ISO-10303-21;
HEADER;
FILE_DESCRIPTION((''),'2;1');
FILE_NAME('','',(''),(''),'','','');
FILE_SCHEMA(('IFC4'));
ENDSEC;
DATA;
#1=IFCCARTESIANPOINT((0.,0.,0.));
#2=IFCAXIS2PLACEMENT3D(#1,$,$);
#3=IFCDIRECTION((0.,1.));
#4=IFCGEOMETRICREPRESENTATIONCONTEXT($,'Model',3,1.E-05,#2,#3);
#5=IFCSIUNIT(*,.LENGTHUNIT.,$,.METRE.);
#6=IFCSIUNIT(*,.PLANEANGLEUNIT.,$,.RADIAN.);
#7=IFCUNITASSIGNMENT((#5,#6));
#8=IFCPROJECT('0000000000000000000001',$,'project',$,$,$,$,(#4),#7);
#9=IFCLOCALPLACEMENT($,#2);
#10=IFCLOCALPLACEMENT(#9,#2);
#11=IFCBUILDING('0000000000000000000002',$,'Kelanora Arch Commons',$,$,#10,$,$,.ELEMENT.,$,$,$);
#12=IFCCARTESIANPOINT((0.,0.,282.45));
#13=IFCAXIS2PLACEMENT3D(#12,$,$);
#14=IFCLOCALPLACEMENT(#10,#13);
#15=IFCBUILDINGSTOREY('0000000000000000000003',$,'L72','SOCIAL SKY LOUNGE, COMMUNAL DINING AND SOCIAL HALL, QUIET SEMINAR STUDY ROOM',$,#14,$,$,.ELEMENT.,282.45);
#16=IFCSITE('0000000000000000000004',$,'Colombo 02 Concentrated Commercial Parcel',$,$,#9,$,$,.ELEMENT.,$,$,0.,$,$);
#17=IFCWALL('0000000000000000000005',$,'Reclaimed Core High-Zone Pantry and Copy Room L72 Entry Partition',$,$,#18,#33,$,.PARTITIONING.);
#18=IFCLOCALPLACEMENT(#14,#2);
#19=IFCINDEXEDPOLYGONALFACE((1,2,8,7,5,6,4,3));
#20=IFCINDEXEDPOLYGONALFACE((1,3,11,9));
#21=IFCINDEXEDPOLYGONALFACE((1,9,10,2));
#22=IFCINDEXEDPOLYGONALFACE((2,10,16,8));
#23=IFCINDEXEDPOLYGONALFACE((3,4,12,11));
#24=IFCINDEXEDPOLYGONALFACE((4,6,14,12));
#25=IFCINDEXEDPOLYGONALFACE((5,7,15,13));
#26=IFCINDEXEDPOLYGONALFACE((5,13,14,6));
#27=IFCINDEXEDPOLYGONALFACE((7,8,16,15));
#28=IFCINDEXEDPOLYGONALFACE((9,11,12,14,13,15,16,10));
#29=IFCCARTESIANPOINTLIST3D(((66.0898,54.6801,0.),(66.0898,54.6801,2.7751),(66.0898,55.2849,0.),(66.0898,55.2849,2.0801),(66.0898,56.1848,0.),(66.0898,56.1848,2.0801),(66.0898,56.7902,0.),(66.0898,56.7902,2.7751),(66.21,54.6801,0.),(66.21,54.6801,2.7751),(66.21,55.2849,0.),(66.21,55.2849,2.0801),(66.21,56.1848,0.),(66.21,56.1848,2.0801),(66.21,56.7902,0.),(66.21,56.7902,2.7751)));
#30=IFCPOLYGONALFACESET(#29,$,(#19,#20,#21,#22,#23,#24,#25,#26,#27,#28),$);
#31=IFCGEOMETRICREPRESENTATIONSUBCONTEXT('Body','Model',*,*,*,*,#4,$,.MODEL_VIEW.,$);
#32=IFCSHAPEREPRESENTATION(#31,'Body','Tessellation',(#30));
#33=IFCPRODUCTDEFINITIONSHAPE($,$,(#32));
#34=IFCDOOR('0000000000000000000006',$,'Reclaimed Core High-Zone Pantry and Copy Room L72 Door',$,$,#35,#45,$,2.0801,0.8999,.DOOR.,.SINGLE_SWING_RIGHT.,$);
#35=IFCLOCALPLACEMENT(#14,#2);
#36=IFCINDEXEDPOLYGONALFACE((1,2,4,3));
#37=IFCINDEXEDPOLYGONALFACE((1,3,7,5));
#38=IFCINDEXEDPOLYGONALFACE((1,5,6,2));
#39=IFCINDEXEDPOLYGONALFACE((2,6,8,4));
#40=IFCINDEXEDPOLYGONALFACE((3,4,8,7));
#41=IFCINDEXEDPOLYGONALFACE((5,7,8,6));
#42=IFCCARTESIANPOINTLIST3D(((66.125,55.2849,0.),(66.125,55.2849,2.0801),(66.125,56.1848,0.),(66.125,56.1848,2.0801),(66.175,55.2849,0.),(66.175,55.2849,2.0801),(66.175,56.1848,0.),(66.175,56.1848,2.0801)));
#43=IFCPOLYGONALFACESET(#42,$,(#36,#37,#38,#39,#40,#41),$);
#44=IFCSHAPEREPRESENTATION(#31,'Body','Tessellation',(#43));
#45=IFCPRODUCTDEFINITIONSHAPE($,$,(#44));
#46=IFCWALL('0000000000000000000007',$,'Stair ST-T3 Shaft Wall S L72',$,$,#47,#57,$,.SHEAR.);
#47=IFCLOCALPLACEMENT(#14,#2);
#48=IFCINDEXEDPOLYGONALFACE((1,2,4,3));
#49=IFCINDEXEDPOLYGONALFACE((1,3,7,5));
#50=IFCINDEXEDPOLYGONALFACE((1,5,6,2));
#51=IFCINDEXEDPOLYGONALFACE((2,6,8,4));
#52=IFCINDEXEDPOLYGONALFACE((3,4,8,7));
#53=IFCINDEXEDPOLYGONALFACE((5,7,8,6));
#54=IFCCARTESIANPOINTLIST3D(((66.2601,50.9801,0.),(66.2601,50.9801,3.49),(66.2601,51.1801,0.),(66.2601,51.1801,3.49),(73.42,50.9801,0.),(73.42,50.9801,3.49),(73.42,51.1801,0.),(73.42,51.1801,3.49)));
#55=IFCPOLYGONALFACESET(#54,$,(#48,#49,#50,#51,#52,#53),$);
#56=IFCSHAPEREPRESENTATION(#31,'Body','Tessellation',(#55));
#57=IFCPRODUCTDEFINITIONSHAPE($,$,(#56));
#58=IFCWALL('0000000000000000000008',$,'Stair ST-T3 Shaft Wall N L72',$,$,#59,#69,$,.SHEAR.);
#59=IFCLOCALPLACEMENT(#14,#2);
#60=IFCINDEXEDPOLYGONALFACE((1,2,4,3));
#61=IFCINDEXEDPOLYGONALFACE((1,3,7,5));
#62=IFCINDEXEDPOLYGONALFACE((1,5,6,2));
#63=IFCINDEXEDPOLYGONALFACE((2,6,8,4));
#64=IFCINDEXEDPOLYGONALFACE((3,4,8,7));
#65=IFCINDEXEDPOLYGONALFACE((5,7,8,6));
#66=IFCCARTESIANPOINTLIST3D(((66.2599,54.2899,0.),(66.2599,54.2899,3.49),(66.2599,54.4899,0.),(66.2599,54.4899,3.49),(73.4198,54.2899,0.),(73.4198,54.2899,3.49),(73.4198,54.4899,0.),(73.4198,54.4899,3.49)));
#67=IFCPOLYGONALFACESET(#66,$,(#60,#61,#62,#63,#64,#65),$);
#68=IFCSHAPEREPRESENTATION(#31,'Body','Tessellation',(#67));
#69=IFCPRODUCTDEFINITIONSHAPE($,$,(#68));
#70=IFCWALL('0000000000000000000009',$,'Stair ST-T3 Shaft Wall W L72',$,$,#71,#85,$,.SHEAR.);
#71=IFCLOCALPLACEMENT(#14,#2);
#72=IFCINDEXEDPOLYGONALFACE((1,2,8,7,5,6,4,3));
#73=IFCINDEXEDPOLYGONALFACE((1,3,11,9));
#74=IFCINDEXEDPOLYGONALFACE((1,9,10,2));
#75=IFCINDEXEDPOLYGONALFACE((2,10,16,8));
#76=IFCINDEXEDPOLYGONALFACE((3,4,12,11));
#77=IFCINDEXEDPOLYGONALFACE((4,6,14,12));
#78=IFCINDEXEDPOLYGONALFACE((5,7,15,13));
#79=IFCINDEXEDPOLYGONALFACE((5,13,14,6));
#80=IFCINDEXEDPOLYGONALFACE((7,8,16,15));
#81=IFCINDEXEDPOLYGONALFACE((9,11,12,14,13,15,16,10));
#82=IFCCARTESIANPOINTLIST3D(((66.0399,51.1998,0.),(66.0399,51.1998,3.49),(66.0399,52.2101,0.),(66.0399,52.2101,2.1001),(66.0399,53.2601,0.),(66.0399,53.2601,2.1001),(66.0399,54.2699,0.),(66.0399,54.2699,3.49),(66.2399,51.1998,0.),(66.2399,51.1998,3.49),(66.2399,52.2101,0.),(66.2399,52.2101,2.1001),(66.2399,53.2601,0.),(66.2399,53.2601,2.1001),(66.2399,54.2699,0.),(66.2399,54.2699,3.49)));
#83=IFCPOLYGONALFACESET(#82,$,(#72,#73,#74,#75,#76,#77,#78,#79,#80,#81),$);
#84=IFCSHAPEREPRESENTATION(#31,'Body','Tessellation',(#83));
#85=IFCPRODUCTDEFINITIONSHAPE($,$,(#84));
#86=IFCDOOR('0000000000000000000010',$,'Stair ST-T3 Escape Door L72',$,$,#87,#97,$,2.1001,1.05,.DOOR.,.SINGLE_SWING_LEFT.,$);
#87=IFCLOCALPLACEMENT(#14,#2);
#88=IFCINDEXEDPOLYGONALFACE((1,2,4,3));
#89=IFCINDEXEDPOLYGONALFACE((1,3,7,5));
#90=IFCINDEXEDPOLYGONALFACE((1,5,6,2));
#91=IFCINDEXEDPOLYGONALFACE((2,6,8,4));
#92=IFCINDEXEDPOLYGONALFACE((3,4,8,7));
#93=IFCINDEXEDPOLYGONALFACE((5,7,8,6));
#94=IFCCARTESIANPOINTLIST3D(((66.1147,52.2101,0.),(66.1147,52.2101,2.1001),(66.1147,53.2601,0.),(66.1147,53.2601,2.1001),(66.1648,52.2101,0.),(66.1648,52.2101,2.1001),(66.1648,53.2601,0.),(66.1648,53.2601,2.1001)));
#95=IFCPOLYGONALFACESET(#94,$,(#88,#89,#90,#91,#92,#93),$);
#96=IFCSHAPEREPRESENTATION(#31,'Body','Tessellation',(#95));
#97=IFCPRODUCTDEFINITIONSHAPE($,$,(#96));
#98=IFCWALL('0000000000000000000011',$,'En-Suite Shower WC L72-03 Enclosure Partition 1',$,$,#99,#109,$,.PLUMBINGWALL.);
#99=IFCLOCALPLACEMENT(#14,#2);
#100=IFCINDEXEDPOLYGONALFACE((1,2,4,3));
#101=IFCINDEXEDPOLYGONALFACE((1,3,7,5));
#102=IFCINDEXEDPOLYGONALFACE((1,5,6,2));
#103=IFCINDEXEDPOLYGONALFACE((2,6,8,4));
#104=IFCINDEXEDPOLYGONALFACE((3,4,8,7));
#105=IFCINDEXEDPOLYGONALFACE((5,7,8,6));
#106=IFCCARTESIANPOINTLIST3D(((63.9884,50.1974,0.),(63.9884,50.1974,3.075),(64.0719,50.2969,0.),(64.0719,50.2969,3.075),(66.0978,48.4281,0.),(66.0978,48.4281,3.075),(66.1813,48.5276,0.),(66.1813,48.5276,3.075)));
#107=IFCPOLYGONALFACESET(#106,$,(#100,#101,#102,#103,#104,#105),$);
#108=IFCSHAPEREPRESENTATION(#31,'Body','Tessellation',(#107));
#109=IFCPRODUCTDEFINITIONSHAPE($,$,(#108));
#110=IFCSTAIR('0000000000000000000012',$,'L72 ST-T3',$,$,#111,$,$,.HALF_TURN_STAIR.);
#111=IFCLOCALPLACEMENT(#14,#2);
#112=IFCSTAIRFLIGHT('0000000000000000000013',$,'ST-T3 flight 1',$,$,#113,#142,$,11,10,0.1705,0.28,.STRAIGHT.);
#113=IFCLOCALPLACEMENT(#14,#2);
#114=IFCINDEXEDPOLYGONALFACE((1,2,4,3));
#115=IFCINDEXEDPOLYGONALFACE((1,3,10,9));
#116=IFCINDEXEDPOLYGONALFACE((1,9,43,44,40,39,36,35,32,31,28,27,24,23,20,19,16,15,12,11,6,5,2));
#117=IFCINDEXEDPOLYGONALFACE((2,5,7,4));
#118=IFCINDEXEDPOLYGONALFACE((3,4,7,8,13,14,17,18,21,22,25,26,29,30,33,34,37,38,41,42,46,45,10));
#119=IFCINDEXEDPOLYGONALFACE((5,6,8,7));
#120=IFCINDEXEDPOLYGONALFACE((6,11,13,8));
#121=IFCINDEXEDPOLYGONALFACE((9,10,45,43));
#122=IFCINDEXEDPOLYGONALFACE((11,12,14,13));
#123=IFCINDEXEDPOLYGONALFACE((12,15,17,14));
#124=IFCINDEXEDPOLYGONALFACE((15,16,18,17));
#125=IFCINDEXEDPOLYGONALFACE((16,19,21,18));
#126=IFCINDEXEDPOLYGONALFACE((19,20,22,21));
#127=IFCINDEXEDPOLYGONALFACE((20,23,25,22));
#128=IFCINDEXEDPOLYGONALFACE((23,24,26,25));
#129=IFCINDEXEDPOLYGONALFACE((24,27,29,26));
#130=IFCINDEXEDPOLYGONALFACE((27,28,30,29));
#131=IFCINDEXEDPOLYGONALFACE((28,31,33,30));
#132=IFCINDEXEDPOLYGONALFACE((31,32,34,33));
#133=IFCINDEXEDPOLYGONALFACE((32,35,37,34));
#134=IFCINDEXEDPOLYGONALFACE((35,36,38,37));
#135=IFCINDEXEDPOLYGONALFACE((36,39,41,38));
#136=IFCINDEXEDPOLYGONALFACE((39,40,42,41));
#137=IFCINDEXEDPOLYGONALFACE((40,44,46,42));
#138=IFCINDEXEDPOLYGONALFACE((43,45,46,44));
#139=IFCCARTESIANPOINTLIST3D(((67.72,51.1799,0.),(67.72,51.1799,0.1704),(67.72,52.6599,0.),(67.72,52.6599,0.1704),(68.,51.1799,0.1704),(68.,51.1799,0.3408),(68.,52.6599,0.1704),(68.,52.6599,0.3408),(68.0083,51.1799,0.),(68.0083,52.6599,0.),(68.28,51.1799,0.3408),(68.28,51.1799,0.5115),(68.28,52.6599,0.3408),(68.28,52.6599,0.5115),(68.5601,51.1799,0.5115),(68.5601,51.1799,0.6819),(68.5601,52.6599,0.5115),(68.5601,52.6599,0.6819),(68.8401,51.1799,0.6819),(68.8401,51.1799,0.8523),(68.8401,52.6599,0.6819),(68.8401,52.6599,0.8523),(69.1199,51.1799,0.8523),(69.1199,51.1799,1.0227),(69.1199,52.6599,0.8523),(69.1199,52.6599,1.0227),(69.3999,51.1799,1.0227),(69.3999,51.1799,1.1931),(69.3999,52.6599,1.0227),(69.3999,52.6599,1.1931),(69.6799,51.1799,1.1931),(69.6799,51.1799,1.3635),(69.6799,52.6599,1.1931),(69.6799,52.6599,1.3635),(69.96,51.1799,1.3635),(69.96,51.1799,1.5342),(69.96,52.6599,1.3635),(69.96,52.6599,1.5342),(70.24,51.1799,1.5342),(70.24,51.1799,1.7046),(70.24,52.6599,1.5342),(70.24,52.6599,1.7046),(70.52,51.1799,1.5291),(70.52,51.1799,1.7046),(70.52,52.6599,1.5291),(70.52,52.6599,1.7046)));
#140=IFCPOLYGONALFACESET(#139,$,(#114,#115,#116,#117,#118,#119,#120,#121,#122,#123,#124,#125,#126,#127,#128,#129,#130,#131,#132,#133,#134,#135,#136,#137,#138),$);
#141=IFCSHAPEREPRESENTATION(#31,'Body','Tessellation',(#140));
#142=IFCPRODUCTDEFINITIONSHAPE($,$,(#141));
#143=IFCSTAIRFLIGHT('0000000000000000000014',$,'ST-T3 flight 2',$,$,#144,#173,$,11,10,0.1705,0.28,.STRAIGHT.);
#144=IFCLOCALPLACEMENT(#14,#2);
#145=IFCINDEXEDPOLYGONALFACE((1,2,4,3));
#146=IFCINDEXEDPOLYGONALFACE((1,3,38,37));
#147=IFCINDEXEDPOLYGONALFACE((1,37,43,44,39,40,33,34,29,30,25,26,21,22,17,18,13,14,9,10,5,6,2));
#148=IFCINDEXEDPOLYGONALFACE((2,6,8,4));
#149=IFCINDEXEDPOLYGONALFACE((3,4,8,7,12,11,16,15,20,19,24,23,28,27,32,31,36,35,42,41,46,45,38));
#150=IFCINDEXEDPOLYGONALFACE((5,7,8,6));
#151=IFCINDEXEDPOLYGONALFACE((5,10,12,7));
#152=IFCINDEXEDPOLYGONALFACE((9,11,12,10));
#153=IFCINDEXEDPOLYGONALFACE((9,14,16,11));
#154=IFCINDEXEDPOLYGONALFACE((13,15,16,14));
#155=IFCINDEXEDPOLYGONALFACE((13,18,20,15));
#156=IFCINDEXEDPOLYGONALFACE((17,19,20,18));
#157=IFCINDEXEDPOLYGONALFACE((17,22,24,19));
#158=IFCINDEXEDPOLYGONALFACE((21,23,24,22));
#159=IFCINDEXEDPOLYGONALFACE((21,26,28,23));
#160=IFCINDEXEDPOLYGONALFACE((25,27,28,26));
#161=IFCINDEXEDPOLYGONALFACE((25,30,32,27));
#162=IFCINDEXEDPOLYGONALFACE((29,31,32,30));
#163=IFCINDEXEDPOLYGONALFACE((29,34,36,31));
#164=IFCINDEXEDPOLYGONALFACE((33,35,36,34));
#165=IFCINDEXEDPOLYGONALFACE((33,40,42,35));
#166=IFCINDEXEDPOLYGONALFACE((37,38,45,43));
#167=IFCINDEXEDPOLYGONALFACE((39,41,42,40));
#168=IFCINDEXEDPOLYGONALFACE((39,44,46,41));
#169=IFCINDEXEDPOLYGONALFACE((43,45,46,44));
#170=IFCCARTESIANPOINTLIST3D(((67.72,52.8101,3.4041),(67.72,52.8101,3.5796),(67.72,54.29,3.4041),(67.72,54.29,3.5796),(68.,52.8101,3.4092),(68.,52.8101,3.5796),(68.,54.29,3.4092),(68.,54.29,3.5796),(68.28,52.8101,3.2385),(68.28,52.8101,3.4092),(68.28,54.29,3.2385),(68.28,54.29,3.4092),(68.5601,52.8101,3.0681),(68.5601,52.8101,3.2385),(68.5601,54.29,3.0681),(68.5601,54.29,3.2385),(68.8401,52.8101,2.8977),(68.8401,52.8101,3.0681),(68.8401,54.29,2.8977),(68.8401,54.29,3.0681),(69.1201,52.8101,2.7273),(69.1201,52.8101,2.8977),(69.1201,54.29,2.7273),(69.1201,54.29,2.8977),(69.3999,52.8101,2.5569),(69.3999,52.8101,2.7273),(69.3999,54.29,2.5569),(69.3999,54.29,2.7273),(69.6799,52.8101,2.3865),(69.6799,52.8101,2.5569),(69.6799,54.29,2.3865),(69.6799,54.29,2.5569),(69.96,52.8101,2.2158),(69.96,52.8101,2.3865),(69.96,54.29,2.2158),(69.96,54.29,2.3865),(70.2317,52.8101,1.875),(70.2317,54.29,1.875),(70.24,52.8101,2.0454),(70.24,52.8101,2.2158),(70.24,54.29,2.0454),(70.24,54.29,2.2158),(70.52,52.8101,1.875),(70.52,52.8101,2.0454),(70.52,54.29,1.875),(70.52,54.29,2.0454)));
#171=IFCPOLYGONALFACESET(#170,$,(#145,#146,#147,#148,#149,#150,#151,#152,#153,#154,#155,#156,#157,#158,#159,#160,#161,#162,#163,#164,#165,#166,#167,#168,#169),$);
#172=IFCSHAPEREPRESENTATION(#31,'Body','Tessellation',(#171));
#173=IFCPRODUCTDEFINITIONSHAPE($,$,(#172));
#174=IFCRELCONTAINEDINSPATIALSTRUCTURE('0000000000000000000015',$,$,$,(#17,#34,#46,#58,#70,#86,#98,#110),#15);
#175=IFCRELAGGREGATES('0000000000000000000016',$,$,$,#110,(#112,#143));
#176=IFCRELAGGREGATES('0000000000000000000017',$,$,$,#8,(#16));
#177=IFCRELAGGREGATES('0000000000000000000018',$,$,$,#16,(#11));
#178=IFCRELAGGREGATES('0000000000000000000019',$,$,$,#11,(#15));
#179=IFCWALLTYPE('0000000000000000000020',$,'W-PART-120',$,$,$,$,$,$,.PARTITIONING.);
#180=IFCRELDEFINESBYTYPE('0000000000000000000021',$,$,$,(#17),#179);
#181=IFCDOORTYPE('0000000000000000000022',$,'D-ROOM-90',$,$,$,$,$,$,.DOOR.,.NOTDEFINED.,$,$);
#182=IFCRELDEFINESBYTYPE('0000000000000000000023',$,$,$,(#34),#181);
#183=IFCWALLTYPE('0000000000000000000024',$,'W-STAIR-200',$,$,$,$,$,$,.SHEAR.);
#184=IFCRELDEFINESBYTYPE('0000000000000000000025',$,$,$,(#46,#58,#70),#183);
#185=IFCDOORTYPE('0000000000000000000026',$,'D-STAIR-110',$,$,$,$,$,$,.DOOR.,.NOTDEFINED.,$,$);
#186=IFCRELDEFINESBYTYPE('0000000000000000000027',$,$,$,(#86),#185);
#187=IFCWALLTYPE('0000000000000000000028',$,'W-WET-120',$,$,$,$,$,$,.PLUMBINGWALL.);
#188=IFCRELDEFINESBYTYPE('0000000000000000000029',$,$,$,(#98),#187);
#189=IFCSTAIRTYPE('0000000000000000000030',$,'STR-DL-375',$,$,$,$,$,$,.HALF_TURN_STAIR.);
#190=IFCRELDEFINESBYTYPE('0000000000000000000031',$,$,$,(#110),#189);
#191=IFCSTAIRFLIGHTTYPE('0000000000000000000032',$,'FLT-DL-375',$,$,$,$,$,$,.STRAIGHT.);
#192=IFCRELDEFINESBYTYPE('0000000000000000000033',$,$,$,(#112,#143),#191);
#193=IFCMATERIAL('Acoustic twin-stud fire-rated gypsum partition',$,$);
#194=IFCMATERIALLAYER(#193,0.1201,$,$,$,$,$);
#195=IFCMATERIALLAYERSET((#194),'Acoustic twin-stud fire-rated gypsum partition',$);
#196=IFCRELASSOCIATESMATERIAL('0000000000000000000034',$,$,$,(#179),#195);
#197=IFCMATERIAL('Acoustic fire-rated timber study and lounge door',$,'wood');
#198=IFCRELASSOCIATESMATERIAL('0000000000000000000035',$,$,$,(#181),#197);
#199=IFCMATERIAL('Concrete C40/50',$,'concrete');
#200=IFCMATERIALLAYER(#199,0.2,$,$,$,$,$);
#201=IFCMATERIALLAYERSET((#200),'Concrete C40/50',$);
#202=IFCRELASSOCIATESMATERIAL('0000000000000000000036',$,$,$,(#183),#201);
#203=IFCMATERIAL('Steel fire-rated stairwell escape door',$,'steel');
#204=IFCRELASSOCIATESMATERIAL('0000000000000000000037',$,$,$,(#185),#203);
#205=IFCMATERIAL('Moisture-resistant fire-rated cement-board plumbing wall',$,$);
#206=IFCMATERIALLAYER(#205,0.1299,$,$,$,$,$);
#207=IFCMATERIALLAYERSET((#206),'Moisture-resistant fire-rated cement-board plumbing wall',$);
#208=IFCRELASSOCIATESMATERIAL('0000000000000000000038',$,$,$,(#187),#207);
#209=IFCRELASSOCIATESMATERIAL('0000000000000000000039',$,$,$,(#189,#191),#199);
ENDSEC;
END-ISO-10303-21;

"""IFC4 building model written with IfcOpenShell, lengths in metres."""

from ifc_helpers import new_model, si_unit, direction, frame, frame_2d, origin, place, context, subcontext, project, spatial, polyline, rectangle, outline, extrude, material, layer, layer_set, type_object, element, fill, aggregate, save


model = new_model("IFC4")

# Units and contexts
model_context = context("Model", 3, precision=1e-05, world=origin(), true_north=direction((0.0, 1.0)))
body_context = subcontext(model_context, "Body", "Model", "MODEL_VIEW")
ifc_project = project(units=[si_unit("LENGTHUNIT", "METRE"), si_unit("PLANEANGLEUNIT", "RADIAN")], contexts=[model_context])

# Site, building, storey
site_placement = place(None, origin())
site = spatial("IfcSite", under=ifc_project, at=site_placement, Name="Colombo 02 Concentrated Commercial Parcel", CompositionType="ELEMENT", RefElevation=0.0)
building_placement = place(site_placement, origin())
building = spatial("IfcBuilding", under=site, at=building_placement, Name="Kelanora Arch Commons", CompositionType="ELEMENT")
storey_placement = place(building_placement, frame((0.0, 0.0, 282.45)))
storey = spatial("IfcBuildingStorey", under=building, at=storey_placement, Name="L72", Description="SOCIAL SKY LOUNGE, COMMUNAL DINING AND SOCIAL HALL, QUIET SEMINAR STUDY ROOM", CompositionType="ELEMENT", Elevation=282.45)

# Shared definitions
ifc_material_1 = material(Name="Concrete C40/50", Category="concrete")

# Wall, opening, door
ifc_material_2 = material(Name="Acoustic twin-stud fire-rated gypsum partition")
ifc_layer_1 = layer(ifc_material_2, 0.1201)
ifc_layer_set_1 = layer_set([ifc_layer_1], Name="Acoustic twin-stud fire-rated gypsum partition")
wall_type_1 = type_object("IfcWallType", Name="W-PART-120", PredefinedType="PARTITIONING", material=ifc_layer_set_1)
wall_1_placement = place(storey_placement, frame((66.1499, 54.6799, 0.0), z_axis=(0.0, 0.0, 1.0), x_axis=(0.0, 1.0, 0.0)))
wall_1 = element("IfcWall", 1, at=wall_1_placement, inside=storey, type_object=wall_type_1, Name="Reclaimed Core High-Zone Pantry and Copy Room L72 Entry Partition", PredefinedType="PARTITIONING", context=body_context, shape_type="SweptSolid", body=[
    extrude(rectangle(XDim=2.1101, YDim=0.1201, at=frame_2d((1.0552, 0.0))), origin(), (0.0, 0.0, 1.0), 2.7751),
])
opening_1_placement = place(wall_1_placement, frame((0.605, 0.0, 0.0)))
opening_1 = element("IfcOpeningElement", 2, at=opening_1_placement, cuts=wall_1, PredefinedType="OPENING", context=body_context, shape_type="SweptSolid", body=[
    extrude(rectangle(XDim=0.8999, YDim=2.0801, at=frame_2d((0.45, 1.04))), frame((0.0, 0.0701, 0.0), z_axis=(0.0, -1.0, 0.0), x_axis=(1.0, 0.0, 0.0)), (0.0, 0.0, 1.0), 0.1401),
])
ifc_material_3 = material(Name="Acoustic fire-rated timber study and lounge door", Category="wood")
door_type_1 = type_object("IfcDoorType", Name="D-ROOM-90", OperationType="NOTDEFINED", PredefinedType="DOOR", material=ifc_material_3)
door_1_placement = place(opening_1_placement, origin())
door_1 = element("IfcDoor", 3, at=door_1_placement, inside=storey, type_object=door_type_1, Name="Reclaimed Core High-Zone Pantry and Copy Room L72 Door", OperationType="SINGLE_SWING_RIGHT", OverallHeight=2.0801, OverallWidth=0.8999, PredefinedType="DOOR", context=body_context, shape_type="SweptSolid", body=[
    extrude(rectangle(XDim=0.8999, YDim=2.0801, at=frame_2d((0.45, 1.04))), frame((0.0, 0.0249, 0.0), z_axis=(0.0, -1.0, 0.0), x_axis=(1.0, 0.0, 0.0)), (0.0, 0.0, 1.0), 0.05),
])
fill(opening_1, door_1)

# Walls
ifc_layer_2 = layer(ifc_material_1, 0.2)
ifc_layer_set_2 = layer_set([ifc_layer_2], Name="Concrete C40/50")
wall_type_2 = type_object("IfcWallType", Name="W-STAIR-200", PredefinedType="SHEAR", material=ifc_layer_set_2)
for number, where, z_axis, x_axis, name in (
    (4, (66.26, 51.0801, 0.0), (0.0, 0.0, 1.0), (1.0, 0.0, 0.0), "Stair ST-T3 Shaft Wall S L72"),
    (5, (73.4199, 54.3899, 0.0), (0.0, 0.0, 1.0), (-1.0, 0.0, 0.0), "Stair ST-T3 Shaft Wall N L72"),
):
    element("IfcWall", number, at=place(storey_placement, frame(where, z_axis=z_axis, x_axis=x_axis)), inside=storey, type_object=wall_type_2, Name=name, PredefinedType="SHEAR", context=body_context, shape_type="SweptSolid", body=[
        extrude(rectangle(XDim=7.1599, YDim=0.2, at=frame_2d((3.5801, 0.0))), origin(), (0.0, 0.0, 1.0), 3.49),
    ])

# Wall, opening, door
wall_2_placement = place(storey_placement, frame((66.1399, 54.27, 0.0), z_axis=(0.0, 0.0, 1.0), x_axis=(0.0, -1.0, 0.0)))
wall_2 = element("IfcWall", 6, at=wall_2_placement, inside=storey, type_object=wall_type_2, Name="Stair ST-T3 Shaft Wall W L72", PredefinedType="SHEAR", context=body_context, shape_type="SweptSolid", body=[
    extrude(rectangle(XDim=3.0701, YDim=0.2, at=frame_2d((1.5352, 0.0))), origin(), (0.0, 0.0, 1.0), 3.49),
])
opening_2_placement = place(wall_2_placement, frame((1.01, 0.0, 0.0)))
opening_2 = element("IfcOpeningElement", 7, at=opening_2_placement, cuts=wall_2, PredefinedType="OPENING", context=body_context, shape_type="SweptSolid", body=[
    extrude(rectangle(XDim=1.05, YDim=2.1001, at=frame_2d((0.5249, 1.05))), frame((0.0, 0.1099, 0.0), z_axis=(0.0, -1.0, 0.0), x_axis=(1.0, 0.0, 0.0)), (0.0, 0.0, 1.0), 0.22),
])
ifc_material_4 = material(Name="Steel fire-rated stairwell escape door", Category="steel")
door_type_2 = type_object("IfcDoorType", Name="D-STAIR-110", OperationType="NOTDEFINED", PredefinedType="DOOR", material=ifc_material_4)
door_2_placement = place(opening_2_placement, origin())
door_2 = element("IfcDoor", 8, at=door_2_placement, inside=storey, type_object=door_type_2, Name="Stair ST-T3 Escape Door L72", OperationType="SINGLE_SWING_LEFT", OverallHeight=2.1001, OverallWidth=1.05, PredefinedType="DOOR", context=body_context, shape_type="SweptSolid", body=[
    extrude(rectangle(XDim=1.05, YDim=2.1001, at=frame_2d((0.5249, 1.05))), frame((0.0, 0.0249, 0.0), z_axis=(0.0, -1.0, 0.0), x_axis=(1.0, 0.0, 0.0)), (0.0, 0.0, 1.0), 0.05),
])
fill(opening_2, door_2)

# Wall
ifc_material_5 = material(Name="Moisture-resistant fire-rated cement-board plumbing wall")
ifc_layer_3 = layer(ifc_material_5, 0.1299)
ifc_layer_set_3 = layer_set([ifc_layer_3], Name="Moisture-resistant fire-rated cement-board plumbing wall")
wall_type_3 = type_object("IfcWallType", Name="W-WET-120", PredefinedType="PLUMBINGWALL", material=ifc_layer_set_3)
wall_3_placement = place(storey_placement, frame((64.0303, 50.2471, 0.0), z_axis=(0.0, 0.0, 1.0), x_axis=(0.766168, -0.642641, 0.0)))
element("IfcWall", 9, at=wall_3_placement, inside=storey, type_object=wall_type_3, Name="En-Suite Shower WC L72-03 Enclosure Partition 1", PredefinedType="PLUMBINGWALL", context=body_context, shape_type="SweptSolid", body=[
    extrude(rectangle(XDim=2.7532, YDim=0.1299, at=frame_2d((1.3765, 0.0))), origin(), (0.0, 0.0, 1.0), 3.075),
])

# Stair, stair flights
stair_type = type_object("IfcStairType", Name="STR-DL-375", PredefinedType="HALF_TURN_STAIR", material=ifc_material_1)
stair_placement = place(storey_placement, origin())
stair = element("IfcStair", 10, at=stair_placement, inside=storey, type_object=stair_type, Name="L72 ST-T3", PredefinedType="HALF_TURN_STAIR")
stair_flight_type = type_object("IfcStairFlightType", Name="FLT-DL-375", PredefinedType="STRAIGHT", material=ifc_material_1)
stair_flight_1_placement = place(storey_placement, frame((67.72, 51.9199, 0.0), z_axis=(0.0, 0.0, 1.0), x_axis=(1.0, 0.0, 0.0)))
stair_flight_1 = element("IfcStairFlight", 11, at=stair_flight_1_placement, type_object=stair_flight_type, Name="ST-T3 flight 1", NumberOfRisers=11, NumberOfTreads=10, PredefinedType="STRAIGHT", RiserHeight=0.1705, TreadLength=0.28, context=body_context, shape_type="SweptSolid", body=[
    extrude(outline(polyline([(0.0, 0.0), (0.0, 0.1704), (0.28, 0.1704), (0.28, 0.3408), (0.5601, 0.3408), (0.5601, 0.5115), (0.8401, 0.5115), (0.8401, 0.6819), (1.1201, 0.6819), (1.1201, 0.8523), (1.3999, 0.8523), (1.3999, 1.0227), (1.6799, 1.0227), (1.6799, 1.1931), (1.96, 1.1931), (1.96, 1.3635), (2.24, 1.3635), (2.24, 1.5342), (2.52, 1.5342), (2.52, 1.7046), (2.8, 1.7046), (2.8, 1.875), (2.8, 1.5291), (0.2883, 0.0), (0.0, 0.0)])), frame((0.0, 0.74, 0.0), z_axis=(0.0, -1.0, 0.0), x_axis=(1.0, 0.0, 0.0)), (0.0, 0.0, 1.0), 1.48),
])
stair_flight_2_placement = place(storey_placement, frame((70.52, 53.55, 1.875), z_axis=(0.0, 0.0, 1.0), x_axis=(-1.0, 0.0, 0.0)))
stair_flight_2 = element("IfcStairFlight", 12, at=stair_flight_2_placement, type_object=stair_flight_type, Name="ST-T3 flight 2", NumberOfRisers=11, NumberOfTreads=10, PredefinedType="STRAIGHT", RiserHeight=0.1705, TreadLength=0.28, context=body_context, shape_type="SweptSolid", body=[
    extrude(outline(polyline([(0.0, 0.0), (0.0, 0.1704), (0.28, 0.1704), (0.28, 0.3408), (0.5601, 0.3408), (0.5601, 0.5115), (0.8401, 0.5115), (0.8401, 0.6819), (1.1201, 0.6819), (1.1201, 0.8523), (1.3999, 0.8523), (1.3999, 1.0227), (1.6799, 1.0227), (1.6799, 1.1931), (1.96, 1.1931), (1.96, 1.3635), (2.24, 1.3635), (2.24, 1.5342), (2.52, 1.5342), (2.52, 1.7046), (2.8, 1.7046), (2.8, 1.875), (2.8, 1.5291), (0.2883, 0.0), (0.0, 0.0)])), frame((0.0, 0.74, 0.0), z_axis=(0.0, -1.0, 0.0), x_axis=(1.0, 0.0, 0.0)), (0.0, 0.0, 1.0), 1.48),
])
aggregate(stair, [stair_flight_1, stair_flight_2])

save(model, "model.ifc")
